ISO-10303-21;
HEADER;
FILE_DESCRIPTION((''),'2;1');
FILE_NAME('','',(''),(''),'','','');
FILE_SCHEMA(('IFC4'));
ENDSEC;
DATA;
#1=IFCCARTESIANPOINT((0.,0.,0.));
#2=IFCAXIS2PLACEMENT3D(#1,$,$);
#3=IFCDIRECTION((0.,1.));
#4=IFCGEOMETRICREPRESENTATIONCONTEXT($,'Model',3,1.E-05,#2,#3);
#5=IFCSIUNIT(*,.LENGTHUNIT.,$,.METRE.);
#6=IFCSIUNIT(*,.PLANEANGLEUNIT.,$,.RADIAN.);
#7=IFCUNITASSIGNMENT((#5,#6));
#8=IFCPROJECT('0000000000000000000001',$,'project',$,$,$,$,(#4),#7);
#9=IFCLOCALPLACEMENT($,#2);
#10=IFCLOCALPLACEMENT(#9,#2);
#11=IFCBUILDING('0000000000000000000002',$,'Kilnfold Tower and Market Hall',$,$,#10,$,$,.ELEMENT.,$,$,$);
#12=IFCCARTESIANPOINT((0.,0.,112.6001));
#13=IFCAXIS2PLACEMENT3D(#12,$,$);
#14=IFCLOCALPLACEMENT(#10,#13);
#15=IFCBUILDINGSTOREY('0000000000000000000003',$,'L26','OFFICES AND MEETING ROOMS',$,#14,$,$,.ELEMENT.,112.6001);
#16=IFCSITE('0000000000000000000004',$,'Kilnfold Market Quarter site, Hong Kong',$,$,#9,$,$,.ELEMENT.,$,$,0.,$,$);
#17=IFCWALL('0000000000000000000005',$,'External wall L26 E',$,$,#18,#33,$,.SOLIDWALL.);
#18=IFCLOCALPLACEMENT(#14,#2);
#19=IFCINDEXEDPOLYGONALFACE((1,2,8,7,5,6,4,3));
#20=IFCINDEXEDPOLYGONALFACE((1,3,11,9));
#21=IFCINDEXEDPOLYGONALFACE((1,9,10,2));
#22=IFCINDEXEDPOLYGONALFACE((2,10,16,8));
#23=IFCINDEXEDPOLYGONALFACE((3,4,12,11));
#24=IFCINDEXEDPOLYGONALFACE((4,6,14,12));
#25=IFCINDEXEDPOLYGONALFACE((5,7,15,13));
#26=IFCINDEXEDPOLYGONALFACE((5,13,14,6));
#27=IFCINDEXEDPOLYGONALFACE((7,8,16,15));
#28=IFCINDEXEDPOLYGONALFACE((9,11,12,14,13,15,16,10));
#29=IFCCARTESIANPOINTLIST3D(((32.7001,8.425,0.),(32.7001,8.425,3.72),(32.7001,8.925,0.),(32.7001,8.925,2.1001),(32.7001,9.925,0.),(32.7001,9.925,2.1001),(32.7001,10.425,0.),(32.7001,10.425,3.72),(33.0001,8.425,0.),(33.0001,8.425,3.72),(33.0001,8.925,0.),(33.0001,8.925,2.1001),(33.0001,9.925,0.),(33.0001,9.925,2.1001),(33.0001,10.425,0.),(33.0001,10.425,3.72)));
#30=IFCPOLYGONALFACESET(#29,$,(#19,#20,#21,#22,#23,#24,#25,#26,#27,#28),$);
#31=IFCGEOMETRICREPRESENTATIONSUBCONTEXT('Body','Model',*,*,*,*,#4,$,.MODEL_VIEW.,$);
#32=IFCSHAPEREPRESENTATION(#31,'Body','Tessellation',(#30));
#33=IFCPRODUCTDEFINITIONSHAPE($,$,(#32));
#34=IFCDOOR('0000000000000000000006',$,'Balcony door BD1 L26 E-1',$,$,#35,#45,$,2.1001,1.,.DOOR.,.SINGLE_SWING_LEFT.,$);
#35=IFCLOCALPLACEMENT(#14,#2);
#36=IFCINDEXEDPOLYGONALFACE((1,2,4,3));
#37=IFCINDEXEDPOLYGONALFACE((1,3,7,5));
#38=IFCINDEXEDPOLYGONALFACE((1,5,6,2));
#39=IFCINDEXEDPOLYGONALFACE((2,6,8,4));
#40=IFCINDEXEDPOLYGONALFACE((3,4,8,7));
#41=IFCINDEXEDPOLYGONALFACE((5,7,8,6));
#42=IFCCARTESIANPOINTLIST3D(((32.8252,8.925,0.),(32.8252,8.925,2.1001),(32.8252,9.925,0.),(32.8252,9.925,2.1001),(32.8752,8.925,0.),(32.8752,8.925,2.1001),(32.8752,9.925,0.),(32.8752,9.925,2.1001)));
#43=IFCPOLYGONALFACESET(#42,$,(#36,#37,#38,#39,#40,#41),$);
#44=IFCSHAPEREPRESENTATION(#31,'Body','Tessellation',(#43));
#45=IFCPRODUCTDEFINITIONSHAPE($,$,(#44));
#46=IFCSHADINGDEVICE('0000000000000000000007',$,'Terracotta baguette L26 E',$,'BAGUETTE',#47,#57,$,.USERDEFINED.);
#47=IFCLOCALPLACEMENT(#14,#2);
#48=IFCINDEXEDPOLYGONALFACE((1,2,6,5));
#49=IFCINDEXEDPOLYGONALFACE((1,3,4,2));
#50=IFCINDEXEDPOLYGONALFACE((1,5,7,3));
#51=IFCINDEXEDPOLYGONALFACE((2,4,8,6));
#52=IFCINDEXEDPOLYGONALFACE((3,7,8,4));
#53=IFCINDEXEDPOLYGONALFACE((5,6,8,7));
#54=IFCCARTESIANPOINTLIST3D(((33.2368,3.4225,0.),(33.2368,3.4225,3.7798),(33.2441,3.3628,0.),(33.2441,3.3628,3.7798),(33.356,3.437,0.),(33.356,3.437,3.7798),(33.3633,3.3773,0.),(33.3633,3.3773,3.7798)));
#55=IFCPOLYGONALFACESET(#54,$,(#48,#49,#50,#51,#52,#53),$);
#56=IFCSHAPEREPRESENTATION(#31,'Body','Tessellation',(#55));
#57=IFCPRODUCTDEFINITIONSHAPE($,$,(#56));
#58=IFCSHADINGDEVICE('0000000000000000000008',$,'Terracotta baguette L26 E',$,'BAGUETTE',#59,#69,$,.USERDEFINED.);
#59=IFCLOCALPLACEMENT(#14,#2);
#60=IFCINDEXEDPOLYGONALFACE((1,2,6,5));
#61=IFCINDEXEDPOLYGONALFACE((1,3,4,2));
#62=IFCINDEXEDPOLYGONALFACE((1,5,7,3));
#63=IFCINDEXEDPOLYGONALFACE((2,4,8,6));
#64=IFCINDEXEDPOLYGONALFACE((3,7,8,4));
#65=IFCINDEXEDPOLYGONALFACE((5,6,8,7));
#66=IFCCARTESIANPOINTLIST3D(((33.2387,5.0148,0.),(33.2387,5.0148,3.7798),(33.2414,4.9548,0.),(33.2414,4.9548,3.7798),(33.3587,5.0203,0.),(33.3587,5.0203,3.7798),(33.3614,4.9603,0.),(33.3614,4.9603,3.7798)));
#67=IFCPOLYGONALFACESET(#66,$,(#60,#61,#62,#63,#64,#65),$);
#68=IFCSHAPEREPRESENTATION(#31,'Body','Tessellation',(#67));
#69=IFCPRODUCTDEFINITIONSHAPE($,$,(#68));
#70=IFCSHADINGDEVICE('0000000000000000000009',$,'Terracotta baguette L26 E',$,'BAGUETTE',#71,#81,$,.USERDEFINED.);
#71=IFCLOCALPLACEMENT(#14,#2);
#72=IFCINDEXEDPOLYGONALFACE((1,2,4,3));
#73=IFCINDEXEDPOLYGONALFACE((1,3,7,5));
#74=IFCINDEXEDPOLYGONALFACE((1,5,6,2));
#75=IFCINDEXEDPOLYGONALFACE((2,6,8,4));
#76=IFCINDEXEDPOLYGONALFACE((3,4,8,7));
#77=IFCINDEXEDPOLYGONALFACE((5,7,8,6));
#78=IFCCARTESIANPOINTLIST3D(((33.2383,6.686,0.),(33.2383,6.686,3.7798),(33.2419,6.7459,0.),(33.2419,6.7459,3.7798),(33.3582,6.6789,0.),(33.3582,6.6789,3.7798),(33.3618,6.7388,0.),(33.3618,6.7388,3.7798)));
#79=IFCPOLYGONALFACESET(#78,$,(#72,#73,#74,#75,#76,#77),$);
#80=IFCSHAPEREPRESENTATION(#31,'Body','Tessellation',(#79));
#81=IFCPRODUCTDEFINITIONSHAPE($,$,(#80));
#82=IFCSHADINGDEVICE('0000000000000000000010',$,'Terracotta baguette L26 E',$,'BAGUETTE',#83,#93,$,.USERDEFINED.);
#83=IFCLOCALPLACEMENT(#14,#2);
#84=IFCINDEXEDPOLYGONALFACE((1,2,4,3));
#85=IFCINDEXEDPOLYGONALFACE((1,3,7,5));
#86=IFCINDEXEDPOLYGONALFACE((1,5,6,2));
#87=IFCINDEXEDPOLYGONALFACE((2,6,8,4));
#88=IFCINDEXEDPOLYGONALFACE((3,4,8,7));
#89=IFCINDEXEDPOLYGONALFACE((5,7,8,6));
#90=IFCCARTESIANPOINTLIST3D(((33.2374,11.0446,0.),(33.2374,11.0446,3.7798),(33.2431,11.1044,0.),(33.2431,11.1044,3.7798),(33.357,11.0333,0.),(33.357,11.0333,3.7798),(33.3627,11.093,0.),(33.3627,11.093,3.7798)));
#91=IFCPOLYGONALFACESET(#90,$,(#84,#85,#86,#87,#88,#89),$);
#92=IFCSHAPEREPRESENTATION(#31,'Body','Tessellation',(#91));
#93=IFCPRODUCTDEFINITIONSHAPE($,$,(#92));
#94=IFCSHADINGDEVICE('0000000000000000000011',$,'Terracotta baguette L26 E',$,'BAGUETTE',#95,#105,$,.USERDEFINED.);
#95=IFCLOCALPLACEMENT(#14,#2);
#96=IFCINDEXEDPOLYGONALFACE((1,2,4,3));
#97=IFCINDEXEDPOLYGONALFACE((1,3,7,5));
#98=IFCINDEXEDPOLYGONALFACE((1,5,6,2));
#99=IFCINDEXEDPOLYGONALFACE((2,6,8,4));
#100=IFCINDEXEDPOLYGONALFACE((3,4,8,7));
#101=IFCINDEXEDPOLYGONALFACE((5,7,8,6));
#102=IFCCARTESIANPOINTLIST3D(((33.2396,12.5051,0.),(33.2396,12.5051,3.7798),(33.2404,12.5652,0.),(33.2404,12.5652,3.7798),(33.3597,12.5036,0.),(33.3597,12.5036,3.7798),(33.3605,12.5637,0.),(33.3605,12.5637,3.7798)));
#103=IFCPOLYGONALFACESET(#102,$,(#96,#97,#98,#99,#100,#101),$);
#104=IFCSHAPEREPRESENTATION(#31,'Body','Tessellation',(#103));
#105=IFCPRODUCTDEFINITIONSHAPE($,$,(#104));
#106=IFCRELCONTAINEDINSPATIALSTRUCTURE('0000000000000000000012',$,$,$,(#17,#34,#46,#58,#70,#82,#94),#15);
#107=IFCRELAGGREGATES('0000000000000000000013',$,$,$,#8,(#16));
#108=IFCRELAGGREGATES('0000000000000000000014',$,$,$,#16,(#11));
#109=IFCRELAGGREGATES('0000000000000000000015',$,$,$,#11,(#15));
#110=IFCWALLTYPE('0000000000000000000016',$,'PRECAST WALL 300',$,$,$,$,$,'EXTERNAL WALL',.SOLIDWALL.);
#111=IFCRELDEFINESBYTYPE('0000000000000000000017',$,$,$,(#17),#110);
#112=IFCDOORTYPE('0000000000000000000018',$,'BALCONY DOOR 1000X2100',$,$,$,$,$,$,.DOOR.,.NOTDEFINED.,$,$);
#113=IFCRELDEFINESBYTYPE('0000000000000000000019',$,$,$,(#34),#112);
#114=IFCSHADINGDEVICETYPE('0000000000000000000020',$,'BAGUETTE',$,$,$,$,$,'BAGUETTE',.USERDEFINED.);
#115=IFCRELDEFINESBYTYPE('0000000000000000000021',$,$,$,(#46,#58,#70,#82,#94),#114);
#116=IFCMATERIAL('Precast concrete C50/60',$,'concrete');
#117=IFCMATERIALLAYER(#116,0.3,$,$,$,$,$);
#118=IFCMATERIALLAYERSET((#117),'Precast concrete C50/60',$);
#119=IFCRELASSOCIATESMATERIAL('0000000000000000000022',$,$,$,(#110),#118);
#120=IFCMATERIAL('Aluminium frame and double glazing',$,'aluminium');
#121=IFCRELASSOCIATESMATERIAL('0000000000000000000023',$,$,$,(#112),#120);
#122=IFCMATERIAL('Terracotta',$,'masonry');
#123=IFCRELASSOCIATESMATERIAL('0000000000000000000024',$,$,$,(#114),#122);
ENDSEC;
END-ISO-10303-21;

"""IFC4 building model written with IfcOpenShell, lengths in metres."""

from ifc_helpers import new_model, si_unit, direction, frame, frame_2d, origin, origin_2d, place, context, subcontext, project, spatial, rectangle, extrude, source, transform, mapped, material, layer, layer_set, material_profile, profile_set, type_object, element, fill, save


model = new_model("IFC4")

# Units and contexts
model_context = context("Model", 3, precision=1e-05, world=origin(), true_north=direction((0.0, 1.0)))
body_context = subcontext(model_context, "Body", "Model", "MODEL_VIEW")
ifc_project = project(units=[si_unit("LENGTHUNIT", "METRE"), si_unit("PLANEANGLEUNIT", "RADIAN")], contexts=[model_context])

# Site, building, storey
site_placement = place(None, origin())
site = spatial("IfcSite", under=ifc_project, at=site_placement, Name="Kilnfold Market Quarter site, Hong Kong", CompositionType="ELEMENT", RefElevation=0.0)
building_placement = place(site_placement, origin())
building = spatial("IfcBuilding", under=site, at=building_placement, Name="Kilnfold Tower and Market Hall", CompositionType="ELEMENT")
storey_placement = place(building_placement, frame((0.0, 0.0, 112.6001)))
storey = spatial("IfcBuildingStorey", under=building, at=storey_placement, Name="L26", Description="OFFICES AND MEETING ROOMS", CompositionType="ELEMENT", Elevation=112.6001)

# Wall, opening, door
ifc_material_1 = material(Name="Precast concrete C50/60", Category="concrete")
ifc_layer_1 = layer(ifc_material_1, 0.3)
ifc_layer_set_1 = layer_set([ifc_layer_1], Name="Precast concrete C50/60")
wall_type_1 = type_object("IfcWallType", Name="PRECAST WALL 300", ElementType="EXTERNAL WALL", PredefinedType="SOLIDWALL", material=ifc_layer_set_1)
shared_shape_1 = source(origin(), body_context, "Body", "SweptSolid", [
    extrude(rectangle(XDim=2.0, YDim=0.3, at=frame_2d((1.0, 0.0))), origin(), (0.0, 0.0, 1.0), 3.72),
])
ifc_material_2 = material(Name="Aluminium frame and double glazing", Category="aluminium")
door_type = type_object("IfcDoorType", Name="BALCONY DOOR 1000X2100", OperationType="NOTDEFINED", PredefinedType="DOOR", material=ifc_material_2)
wall_1_placement = place(storey_placement, frame((32.8501, 8.425, 0.0), z_axis=(0.0, 0.0, 1.0), x_axis=(0.0, 1.0, 0.0)))
wall_1 = element("IfcWall", 1, at=wall_1_placement, inside=storey, type_object=wall_type_1, Name="External wall L26 E", PredefinedType="SOLIDWALL", context=body_context, shape_type="MappedRepresentation", body=[
    mapped(shared_shape_1, transform((0.0, 0.0, 0.0))),
])
opening_1_placement = place(wall_1_placement, frame((0.5, 0.0, 0.0)))
opening_1 = element("IfcOpeningElement", 2, at=opening_1_placement, cuts=wall_1, PredefinedType="OPENING", context=body_context, shape_type="SweptSolid", body=[
    extrude(rectangle(XDim=1.0, YDim=2.1001, at=frame_2d((0.5, 1.05))), frame((0.0, 0.1602, 0.0), z_axis=(0.0, -1.0, 0.0), x_axis=(1.0, 0.0, 0.0)), (0.0, 0.0, 1.0), 0.3201),
])
door_1_placement = place(opening_1_placement, origin())
door_1 = element("IfcDoor", 3, at=door_1_placement, inside=storey, type_object=door_type, Name="Balcony door BD1 L26 E-1", OperationType="SINGLE_SWING_LEFT", OverallHeight=2.1001, OverallWidth=1.0, PredefinedType="DOOR", context=body_context, shape_type="SweptSolid", body=[
    extrude(rectangle(XDim=1.0, YDim=2.1001, at=frame_2d((0.5, 1.05))), frame((0.0, 0.0249, 0.0), z_axis=(0.0, -1.0, 0.0), x_axis=(1.0, 0.0, 0.0)), (0.0, 0.0, 1.0), 0.05),
])
fill(opening_1, door_1)

# Shading devices
ifc_material_3 = material(Name="Terracotta", Category="masonry")
ifc_material_profile_1 = material_profile(ifc_material_3, rectangle(XDim=0.0601, YDim=0.1201, at=origin_2d()), Name="BAG 60x120")
ifc_profile_set_1 = profile_set([ifc_material_profile_1], Name="Terracotta")
shading_device_type = type_object("IfcShadingDeviceType", Name="BAGUETTE", ElementType="BAGUETTE", PredefinedType="USERDEFINED", material=ifc_profile_set_1)
shared_shape_2 = source(origin(), body_context, "Body", "SweptSolid", [
    extrude(rectangle(XDim=0.0601, YDim=0.1201, at=origin_2d()), origin(), (0.0, 0.0, 1.0), 3.7798),
])
for number, where, z_axis, x_axis, name in (
    (4, (33.3, 3.3999, 0.0), (0.0, 0.0, 1.0), (-0.120655, 0.992695, 0.0), "Terracotta baguette L26 E"),
    (5, (33.3, 4.9875, 0.0), (0.0, 0.0, 1.0), (-0.045907, 0.998946, 0.0), "Terracotta baguette L26 E"),
    (6, (33.3, 6.7124, 0.0), (0.0, 0.0, 1.0), (0.059315, 0.998239, 0.0), "Terracotta baguette L26 E"),
    (7, (33.3, 11.0688, 0.0), (0.0, 0.0, 1.0), (0.094774, 0.995499, 0.0), "Terracotta baguette L26 E"),
    (8, (33.3, 12.5344, 0.0), (0.0, 0.0, 1.0), (0.012508, 0.999922, 0.0), "Terracotta baguette L26 E"),
):
    element("IfcShadingDevice", number, at=place(storey_placement, frame(where, z_axis=z_axis, x_axis=x_axis)), inside=storey, type_object=shading_device_type, Name=name, ObjectType="BAGUETTE", PredefinedType="USERDEFINED", context=body_context, shape_type="MappedRepresentation", body=[
        mapped(shared_shape_2, transform((0.0, 0.0, 0.0))),
    ])

save(model, "model.ifc")
